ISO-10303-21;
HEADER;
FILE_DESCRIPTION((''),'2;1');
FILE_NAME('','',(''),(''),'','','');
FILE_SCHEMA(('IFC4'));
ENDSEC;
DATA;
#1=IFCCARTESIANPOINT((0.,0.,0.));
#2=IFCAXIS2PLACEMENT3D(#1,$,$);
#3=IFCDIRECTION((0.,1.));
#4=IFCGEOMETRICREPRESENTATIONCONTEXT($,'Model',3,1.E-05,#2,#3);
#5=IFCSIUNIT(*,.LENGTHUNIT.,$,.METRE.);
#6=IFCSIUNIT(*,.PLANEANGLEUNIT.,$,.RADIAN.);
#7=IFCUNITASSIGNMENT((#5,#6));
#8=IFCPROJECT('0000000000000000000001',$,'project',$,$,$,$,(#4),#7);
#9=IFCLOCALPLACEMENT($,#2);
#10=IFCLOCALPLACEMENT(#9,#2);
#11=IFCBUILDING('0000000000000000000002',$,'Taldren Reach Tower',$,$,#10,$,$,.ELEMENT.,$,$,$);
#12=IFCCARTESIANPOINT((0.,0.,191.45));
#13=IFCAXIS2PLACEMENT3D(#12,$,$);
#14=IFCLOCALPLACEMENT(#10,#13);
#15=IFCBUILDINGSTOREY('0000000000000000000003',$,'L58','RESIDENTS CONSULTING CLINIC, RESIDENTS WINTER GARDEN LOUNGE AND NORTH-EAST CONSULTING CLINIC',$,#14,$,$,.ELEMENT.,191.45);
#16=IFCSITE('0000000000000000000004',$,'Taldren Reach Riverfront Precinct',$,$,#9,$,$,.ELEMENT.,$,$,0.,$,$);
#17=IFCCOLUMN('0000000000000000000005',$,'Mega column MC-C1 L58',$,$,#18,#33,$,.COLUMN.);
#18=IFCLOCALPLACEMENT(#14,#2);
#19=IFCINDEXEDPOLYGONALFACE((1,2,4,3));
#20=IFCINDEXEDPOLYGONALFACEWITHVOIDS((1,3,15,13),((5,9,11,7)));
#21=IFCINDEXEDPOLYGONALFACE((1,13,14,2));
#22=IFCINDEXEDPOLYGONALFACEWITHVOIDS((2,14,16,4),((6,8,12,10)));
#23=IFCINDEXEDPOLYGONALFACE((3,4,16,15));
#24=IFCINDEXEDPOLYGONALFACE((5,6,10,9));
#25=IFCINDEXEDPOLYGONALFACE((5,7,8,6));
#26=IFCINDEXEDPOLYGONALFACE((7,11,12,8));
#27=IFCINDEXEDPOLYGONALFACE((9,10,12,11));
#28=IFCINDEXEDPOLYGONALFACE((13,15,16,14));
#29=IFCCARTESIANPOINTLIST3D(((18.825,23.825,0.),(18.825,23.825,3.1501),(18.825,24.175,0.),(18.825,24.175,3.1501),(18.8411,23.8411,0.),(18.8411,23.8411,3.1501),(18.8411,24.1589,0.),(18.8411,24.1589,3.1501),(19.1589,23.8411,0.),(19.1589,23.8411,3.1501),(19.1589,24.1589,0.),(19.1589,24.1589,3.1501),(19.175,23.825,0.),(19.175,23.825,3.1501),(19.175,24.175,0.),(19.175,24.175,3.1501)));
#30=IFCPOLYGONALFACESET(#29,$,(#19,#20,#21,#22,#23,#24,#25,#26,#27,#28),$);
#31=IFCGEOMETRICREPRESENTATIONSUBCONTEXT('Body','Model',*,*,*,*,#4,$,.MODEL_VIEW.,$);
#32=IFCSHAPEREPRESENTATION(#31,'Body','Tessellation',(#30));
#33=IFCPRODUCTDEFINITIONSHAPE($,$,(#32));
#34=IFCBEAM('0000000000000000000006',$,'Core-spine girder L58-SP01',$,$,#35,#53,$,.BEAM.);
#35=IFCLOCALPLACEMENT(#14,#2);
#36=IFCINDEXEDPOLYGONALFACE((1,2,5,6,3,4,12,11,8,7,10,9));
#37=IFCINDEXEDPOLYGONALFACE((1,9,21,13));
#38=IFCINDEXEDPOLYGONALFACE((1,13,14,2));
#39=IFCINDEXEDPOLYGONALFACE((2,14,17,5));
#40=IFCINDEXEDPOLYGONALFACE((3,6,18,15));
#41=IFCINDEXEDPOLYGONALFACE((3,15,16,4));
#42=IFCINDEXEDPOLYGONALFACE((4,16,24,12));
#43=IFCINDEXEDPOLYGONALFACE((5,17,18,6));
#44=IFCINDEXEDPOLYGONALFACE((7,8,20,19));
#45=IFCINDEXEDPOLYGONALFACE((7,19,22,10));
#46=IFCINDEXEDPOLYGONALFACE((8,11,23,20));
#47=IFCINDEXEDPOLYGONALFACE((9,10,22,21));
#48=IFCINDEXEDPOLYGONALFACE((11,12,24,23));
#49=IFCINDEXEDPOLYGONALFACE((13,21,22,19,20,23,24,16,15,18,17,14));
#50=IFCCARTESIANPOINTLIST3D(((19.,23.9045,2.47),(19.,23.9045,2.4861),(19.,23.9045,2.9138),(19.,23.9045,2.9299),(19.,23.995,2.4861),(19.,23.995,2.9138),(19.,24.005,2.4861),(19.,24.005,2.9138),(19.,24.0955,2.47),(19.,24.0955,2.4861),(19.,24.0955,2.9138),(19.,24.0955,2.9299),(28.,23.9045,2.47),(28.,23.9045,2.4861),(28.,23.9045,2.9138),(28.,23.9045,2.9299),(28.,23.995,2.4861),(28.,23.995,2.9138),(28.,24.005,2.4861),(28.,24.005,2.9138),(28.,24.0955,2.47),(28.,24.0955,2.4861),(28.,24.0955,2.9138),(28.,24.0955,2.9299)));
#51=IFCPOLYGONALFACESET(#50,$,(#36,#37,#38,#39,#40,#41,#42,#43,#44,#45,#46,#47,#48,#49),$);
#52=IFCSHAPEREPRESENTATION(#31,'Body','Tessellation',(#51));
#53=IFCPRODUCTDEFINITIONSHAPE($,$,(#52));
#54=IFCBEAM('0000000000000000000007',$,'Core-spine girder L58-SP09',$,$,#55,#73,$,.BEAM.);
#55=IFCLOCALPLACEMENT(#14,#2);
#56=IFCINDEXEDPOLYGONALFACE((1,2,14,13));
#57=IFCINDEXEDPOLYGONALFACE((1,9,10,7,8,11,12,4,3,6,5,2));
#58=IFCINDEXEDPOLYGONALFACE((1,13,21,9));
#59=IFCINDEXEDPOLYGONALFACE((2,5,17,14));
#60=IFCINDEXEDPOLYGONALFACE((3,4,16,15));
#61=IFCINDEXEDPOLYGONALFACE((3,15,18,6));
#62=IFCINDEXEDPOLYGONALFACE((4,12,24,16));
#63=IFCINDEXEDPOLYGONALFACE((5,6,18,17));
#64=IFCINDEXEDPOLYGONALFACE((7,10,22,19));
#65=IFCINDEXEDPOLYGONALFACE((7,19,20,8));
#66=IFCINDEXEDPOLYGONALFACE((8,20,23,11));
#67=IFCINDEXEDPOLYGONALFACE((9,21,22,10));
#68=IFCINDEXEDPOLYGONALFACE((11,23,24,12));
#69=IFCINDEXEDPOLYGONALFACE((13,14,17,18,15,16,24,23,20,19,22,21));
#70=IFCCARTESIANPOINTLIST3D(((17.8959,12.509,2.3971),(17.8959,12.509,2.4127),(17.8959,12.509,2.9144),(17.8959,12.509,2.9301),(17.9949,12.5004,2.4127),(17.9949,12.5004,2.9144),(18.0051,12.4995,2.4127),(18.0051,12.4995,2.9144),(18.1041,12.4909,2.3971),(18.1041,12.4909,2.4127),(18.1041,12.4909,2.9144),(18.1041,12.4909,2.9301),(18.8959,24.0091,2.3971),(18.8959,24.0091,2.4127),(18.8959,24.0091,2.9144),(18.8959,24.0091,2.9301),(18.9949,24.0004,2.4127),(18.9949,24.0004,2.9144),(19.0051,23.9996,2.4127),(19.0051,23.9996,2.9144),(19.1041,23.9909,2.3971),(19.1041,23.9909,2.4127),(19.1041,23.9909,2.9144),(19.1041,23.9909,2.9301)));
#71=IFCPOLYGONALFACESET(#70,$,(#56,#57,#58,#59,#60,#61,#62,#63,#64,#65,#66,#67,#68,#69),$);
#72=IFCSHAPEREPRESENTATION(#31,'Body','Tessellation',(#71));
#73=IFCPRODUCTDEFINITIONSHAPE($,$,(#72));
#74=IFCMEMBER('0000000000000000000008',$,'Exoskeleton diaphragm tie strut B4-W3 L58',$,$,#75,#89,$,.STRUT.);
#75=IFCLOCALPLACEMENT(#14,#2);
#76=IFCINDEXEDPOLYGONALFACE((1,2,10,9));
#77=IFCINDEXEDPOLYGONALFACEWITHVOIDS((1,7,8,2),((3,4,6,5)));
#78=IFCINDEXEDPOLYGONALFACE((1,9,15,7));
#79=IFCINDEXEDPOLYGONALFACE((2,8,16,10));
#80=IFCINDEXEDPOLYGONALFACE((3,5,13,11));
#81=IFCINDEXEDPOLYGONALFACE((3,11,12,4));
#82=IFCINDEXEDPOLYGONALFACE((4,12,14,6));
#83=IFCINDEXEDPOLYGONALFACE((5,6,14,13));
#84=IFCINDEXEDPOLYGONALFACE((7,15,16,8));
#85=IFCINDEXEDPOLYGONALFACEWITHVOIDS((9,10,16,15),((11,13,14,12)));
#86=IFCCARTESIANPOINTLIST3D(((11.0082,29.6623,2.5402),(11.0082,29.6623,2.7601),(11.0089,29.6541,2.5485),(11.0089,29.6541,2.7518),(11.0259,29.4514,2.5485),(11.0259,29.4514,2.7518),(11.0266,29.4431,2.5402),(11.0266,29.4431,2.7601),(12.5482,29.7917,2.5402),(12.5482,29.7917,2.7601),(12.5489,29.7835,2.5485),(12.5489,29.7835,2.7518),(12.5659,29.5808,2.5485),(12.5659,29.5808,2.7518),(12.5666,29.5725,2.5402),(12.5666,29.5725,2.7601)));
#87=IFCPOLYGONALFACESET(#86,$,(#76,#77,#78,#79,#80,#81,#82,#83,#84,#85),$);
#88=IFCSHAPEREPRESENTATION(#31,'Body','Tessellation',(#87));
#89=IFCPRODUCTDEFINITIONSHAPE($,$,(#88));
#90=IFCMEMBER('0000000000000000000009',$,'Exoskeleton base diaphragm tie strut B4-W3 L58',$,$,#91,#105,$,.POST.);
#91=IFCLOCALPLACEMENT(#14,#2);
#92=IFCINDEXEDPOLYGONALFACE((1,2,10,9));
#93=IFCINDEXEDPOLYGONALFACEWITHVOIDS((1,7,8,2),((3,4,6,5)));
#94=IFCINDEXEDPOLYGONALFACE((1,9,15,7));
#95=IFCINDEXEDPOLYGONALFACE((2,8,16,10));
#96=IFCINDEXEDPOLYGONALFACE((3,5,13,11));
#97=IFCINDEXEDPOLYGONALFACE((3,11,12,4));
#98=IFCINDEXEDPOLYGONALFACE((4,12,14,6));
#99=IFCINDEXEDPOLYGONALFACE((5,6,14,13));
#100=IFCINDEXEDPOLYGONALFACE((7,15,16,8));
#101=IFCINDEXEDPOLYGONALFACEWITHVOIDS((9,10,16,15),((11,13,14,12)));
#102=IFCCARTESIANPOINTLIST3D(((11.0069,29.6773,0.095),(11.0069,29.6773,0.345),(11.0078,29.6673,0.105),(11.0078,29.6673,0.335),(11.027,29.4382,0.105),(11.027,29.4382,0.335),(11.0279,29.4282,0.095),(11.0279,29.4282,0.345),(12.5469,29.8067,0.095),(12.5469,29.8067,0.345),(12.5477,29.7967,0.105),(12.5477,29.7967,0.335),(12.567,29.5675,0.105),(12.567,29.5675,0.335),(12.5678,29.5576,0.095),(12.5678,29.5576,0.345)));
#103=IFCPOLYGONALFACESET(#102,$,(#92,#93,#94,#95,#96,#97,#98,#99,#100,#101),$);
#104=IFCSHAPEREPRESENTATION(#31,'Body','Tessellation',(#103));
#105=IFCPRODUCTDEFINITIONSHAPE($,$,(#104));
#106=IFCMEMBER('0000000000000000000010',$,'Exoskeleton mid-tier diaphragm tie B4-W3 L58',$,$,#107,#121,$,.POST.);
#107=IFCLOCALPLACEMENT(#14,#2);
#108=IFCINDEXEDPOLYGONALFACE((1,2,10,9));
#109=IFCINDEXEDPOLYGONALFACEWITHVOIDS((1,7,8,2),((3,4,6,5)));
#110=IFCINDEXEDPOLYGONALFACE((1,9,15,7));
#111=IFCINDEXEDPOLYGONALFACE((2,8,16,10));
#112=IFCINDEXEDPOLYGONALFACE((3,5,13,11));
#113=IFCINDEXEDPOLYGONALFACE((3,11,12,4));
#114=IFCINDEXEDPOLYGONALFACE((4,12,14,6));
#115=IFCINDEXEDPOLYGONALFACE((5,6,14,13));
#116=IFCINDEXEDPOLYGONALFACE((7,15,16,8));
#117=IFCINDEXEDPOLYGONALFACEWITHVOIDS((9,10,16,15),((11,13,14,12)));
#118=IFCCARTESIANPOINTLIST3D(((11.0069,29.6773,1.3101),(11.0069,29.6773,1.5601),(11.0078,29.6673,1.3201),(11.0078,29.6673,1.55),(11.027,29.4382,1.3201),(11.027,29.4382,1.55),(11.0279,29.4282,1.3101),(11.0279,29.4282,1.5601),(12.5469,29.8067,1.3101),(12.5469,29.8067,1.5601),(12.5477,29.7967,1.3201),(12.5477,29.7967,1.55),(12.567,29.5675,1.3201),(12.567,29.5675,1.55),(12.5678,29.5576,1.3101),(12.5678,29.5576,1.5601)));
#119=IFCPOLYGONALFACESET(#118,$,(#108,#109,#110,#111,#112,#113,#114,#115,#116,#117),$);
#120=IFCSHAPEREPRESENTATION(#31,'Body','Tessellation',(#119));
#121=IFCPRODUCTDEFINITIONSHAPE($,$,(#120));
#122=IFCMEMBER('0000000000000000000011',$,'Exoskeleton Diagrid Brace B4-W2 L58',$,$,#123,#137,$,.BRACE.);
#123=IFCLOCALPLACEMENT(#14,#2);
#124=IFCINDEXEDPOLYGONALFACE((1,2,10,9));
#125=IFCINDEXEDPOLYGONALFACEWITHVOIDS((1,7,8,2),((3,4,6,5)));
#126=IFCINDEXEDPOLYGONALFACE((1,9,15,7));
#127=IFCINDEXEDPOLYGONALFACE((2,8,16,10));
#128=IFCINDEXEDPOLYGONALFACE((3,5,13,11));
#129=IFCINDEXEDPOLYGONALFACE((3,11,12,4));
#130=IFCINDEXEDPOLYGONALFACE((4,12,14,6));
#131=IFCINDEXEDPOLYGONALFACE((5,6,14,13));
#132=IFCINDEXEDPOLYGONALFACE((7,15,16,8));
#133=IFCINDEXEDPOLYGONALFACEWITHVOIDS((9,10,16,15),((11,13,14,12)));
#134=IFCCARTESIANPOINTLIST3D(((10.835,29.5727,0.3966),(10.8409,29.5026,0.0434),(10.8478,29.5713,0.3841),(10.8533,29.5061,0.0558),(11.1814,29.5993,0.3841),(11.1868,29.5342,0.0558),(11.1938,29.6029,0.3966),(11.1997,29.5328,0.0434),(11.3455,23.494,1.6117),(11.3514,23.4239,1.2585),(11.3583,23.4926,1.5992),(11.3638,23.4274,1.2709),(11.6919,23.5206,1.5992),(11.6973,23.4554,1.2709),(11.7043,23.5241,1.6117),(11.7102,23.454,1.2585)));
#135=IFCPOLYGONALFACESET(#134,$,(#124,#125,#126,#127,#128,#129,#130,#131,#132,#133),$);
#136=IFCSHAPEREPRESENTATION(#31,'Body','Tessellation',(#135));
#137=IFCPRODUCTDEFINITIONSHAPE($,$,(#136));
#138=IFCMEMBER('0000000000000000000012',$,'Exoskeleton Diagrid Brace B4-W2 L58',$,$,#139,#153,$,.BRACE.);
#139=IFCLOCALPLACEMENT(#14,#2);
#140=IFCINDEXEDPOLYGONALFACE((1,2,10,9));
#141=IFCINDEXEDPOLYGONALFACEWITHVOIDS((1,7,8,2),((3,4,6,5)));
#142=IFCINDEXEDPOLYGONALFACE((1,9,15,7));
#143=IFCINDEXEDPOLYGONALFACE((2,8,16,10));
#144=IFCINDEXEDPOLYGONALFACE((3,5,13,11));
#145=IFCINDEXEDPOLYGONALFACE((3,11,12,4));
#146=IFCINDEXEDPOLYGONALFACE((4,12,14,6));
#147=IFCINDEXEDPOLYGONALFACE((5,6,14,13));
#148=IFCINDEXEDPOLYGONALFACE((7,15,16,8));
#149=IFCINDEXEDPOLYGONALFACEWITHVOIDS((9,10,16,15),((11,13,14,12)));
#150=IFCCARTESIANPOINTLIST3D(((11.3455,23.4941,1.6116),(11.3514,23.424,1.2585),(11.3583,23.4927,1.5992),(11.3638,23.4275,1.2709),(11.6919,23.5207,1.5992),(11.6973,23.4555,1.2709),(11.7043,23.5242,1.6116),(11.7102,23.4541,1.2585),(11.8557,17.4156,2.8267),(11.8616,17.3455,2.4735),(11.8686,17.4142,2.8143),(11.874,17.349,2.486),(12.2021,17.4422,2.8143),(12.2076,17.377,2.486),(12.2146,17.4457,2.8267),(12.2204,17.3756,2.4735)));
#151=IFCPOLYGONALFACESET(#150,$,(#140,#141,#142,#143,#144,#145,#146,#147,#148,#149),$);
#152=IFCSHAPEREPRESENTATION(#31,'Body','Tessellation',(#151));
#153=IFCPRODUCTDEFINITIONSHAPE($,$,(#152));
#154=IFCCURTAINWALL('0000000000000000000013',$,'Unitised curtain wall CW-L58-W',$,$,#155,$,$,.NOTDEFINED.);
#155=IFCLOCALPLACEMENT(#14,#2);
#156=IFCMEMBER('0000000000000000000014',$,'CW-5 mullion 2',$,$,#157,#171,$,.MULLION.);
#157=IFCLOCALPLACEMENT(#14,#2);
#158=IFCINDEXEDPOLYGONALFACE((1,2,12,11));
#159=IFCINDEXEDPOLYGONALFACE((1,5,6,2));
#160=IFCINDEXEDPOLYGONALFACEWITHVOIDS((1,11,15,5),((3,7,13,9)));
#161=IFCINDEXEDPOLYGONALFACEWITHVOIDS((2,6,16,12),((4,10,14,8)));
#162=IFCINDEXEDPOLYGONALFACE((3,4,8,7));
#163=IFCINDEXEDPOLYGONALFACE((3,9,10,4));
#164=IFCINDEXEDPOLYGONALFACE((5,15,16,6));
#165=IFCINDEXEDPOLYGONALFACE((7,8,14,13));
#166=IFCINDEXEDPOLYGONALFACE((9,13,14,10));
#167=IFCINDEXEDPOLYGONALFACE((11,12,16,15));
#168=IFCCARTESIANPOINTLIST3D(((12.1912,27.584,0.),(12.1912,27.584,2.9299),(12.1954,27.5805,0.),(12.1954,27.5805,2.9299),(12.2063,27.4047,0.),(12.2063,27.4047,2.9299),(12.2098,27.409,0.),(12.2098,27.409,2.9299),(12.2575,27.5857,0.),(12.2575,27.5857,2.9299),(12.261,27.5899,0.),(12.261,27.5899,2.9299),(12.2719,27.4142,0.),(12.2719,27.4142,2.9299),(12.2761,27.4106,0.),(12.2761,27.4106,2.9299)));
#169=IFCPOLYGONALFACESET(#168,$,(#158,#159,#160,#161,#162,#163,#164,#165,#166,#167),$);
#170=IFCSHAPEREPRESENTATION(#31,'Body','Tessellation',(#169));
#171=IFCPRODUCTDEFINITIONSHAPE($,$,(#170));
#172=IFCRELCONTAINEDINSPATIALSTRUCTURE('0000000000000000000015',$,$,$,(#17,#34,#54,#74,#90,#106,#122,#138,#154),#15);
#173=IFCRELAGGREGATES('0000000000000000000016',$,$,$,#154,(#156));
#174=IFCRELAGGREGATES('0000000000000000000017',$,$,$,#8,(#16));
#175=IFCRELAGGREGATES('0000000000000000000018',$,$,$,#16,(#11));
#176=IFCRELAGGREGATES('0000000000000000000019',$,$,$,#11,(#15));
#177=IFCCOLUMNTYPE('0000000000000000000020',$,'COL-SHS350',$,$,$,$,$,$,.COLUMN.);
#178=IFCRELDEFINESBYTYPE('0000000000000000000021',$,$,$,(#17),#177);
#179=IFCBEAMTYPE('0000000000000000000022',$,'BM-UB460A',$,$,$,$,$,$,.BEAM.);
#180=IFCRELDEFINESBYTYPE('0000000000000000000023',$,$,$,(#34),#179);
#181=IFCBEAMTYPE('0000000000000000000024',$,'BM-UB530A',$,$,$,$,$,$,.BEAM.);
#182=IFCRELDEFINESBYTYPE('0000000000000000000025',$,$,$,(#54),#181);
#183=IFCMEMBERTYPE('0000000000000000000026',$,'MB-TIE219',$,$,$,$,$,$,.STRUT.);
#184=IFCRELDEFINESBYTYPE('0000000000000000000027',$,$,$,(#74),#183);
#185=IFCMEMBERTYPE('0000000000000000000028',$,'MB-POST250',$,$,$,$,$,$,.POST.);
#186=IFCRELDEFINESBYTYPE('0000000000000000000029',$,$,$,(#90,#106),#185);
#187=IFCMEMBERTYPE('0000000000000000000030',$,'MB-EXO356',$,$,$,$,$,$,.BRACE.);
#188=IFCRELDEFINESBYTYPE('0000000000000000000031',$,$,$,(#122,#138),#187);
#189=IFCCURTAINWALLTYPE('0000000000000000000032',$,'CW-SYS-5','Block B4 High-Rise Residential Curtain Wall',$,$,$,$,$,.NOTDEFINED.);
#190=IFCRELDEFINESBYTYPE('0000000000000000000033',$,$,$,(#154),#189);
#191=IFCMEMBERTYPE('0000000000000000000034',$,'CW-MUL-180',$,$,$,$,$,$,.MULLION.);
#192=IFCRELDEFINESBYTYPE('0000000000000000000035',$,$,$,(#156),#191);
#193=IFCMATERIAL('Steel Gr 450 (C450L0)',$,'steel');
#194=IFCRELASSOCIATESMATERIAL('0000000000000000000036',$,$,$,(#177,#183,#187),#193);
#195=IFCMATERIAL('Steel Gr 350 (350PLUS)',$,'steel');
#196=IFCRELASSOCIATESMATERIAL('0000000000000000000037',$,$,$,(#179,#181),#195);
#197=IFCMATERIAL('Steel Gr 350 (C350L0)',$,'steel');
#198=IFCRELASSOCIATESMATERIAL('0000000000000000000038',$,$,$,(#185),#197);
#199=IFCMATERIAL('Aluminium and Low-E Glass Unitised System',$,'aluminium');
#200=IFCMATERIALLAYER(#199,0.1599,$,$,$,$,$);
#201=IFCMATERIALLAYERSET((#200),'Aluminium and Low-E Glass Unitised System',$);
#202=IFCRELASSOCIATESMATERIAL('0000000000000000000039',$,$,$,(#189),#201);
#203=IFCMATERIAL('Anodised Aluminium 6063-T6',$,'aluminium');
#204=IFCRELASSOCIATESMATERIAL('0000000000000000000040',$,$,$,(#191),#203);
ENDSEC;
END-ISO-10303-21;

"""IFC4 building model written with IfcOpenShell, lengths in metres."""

from ifc_helpers import new_model, si_unit, direction, frame, origin, origin_2d, place, context, subcontext, project, spatial, hollow_rectangle, i_section, extrude, source, transform, mapped, material, layer, layer_set, material_profile, profile_set, type_object, element, aggregate, save


model = new_model("IFC4")

# Units and contexts
model_context = context("Model", 3, precision=1e-05, world=origin(), true_north=direction((0.0, 1.0)))
body_context = subcontext(model_context, "Body", "Model", "MODEL_VIEW")
ifc_project = project(units=[si_unit("LENGTHUNIT", "METRE"), si_unit("PLANEANGLEUNIT", "RADIAN")], contexts=[model_context])

# Site, building, storey
site_placement = place(None, origin())
site = spatial("IfcSite", under=ifc_project, at=site_placement, Name="Taldren Reach Riverfront Precinct", CompositionType="ELEMENT", RefElevation=0.0)
building_placement = place(site_placement, origin())
building = spatial("IfcBuilding", under=site, at=building_placement, Name="Taldren Reach Tower", CompositionType="ELEMENT")
storey_placement = place(building_placement, frame((0.0, 0.0, 191.45)))
storey = spatial("IfcBuildingStorey", under=building, at=storey_placement, Name="L58", Description="RESIDENTS CONSULTING CLINIC, RESIDENTS WINTER GARDEN LOUNGE AND NORTH-EAST CONSULTING CLINIC", CompositionType="ELEMENT", Elevation=191.45)

# Column
ifc_material_1 = material(Name="Steel Gr 450 (C450L0)", Category="steel")
ifc_material_profile_1 = material_profile(ifc_material_1, hollow_rectangle(XDim=0.3501, YDim=0.3501, WallThickness=0.0161, at=origin_2d()), Name="350x350x16.0SHS")
ifc_profile_set_1 = profile_set([ifc_material_profile_1], Name="Steel Gr 450 (C450L0)")
column_type = type_object("IfcColumnType", Name="COL-SHS350", PredefinedType="COLUMN", material=ifc_profile_set_1)
shared_shape_1 = source(origin(), body_context, "Body", "SweptSolid", [
    extrude(hollow_rectangle(XDim=0.3501, YDim=0.3501, WallThickness=0.0161, at=origin_2d()), origin(), (0.0, 0.0, 1.0), 3.1501),
])
column_placement = place(storey_placement, frame((19.0, 24.0, 0.0), z_axis=(0.0, 0.0, 1.0), x_axis=(1.0, 0.0, 0.0)))
element("IfcColumn", 1, at=column_placement, inside=storey, type_object=column_type, Name="Mega column MC-C1 L58", PredefinedType="COLUMN", context=body_context, shape_type="MappedRepresentation", body=[
    mapped(shared_shape_1, transform((0.0, 0.0, 0.0), scale=1.0)),
])

# Beams
ifc_material_2 = material(Name="Steel Gr 350 (350PLUS)", Category="steel")
ifc_material_profile_2 = material_profile(ifc_material_2, i_section(OverallWidth=0.1909, OverallDepth=0.46, WebThickness=0.01, FlangeThickness=0.0161, at=origin_2d()), Name="460UB82.1")
ifc_profile_set_2 = profile_set([ifc_material_profile_2], Name="Steel Gr 350 (350PLUS)")
beam_type_1 = type_object("IfcBeamType", Name="BM-UB460A", PredefinedType="BEAM", material=ifc_profile_set_2)
shared_shape_2 = source(origin(), body_context, "Body", "SweptSolid", [
    extrude(i_section(OverallWidth=0.1909, OverallDepth=0.46, WebThickness=0.01, FlangeThickness=0.0161, at=origin_2d()), origin(), (0.0, 0.0, 1.0), 9.0),
])
beam_1_placement = place(storey_placement, frame((19.0, 24.0, 2.7), z_axis=(1.0, 0.0, 0.0), x_axis=(0.0, 1.0, 0.0)))
element("IfcBeam", 2, at=beam_1_placement, inside=storey, type_object=beam_type_1, Name="Core-spine girder L58-SP01", PredefinedType="BEAM", context=body_context, shape_type="MappedRepresentation", body=[
    mapped(shared_shape_2, transform((0.0, 0.0, 0.0), scale=1.0)),
])
ifc_material_profile_3 = material_profile(ifc_material_2, i_section(OverallWidth=0.209, OverallDepth=0.533, WebThickness=0.0103, FlangeThickness=0.0156, at=origin_2d()), Name="530UB92.4")
ifc_profile_set_3 = profile_set([ifc_material_profile_3], Name="Steel Gr 350 (350PLUS)")
beam_type_2 = type_object("IfcBeamType", Name="BM-UB530A", PredefinedType="BEAM", material=ifc_profile_set_3)
shared_shape_3 = source(origin(), body_context, "Body", "SweptSolid", [
    extrude(i_section(OverallWidth=0.209, OverallDepth=0.533, WebThickness=0.0103, FlangeThickness=0.0156, at=origin_2d()), origin(), (0.0, 0.0, 1.0), 11.5435),
])
beam_2_placement = place(storey_placement, frame((19.0, 24.0, 2.6636), z_axis=(-0.08663, -0.996241, 0.0), x_axis=(0.996241, -0.08663, 0.0)))
element("IfcBeam", 3, at=beam_2_placement, inside=storey, type_object=beam_type_2, Name="Core-spine girder L58-SP09", PredefinedType="BEAM", context=body_context, shape_type="MappedRepresentation", body=[
    mapped(shared_shape_3, transform((0.0, 0.0, 0.0), scale=1.0)),
])

# Members
ifc_material_profile_4 = material_profile(ifc_material_1, hollow_rectangle(XDim=0.22, YDim=0.22, WallThickness=0.0083, at=origin_2d()), Name="220x220x8.2SHS")
ifc_profile_set_4 = profile_set([ifc_material_profile_4], Name="Steel Gr 450 (C450L0)")
member_type_1 = type_object("IfcMemberType", Name="MB-TIE219", PredefinedType="STRUT", material=ifc_profile_set_4)
shared_shape_4 = source(origin(), body_context, "Body", "SweptSolid", [
    extrude(hollow_rectangle(XDim=0.22, YDim=0.22, WallThickness=0.0083, at=origin_2d()), origin(), (0.0, 0.0, 1.0), 1.5454),
])
member_1_placement = place(storey_placement, frame((12.5574, 29.6821, 2.6501), z_axis=(-0.996489, -0.083725, 0.0), x_axis=(0.083725, -0.996489, 0.0)))
element("IfcMember", 4, at=member_1_placement, inside=storey, type_object=member_type_1, Name="Exoskeleton diaphragm tie strut B4-W3 L58", PredefinedType="STRUT", context=body_context, shape_type="MappedRepresentation", body=[
    mapped(shared_shape_4, transform((0.0, 0.0, 0.0), scale=1.0)),
])
ifc_material_3 = material(Name="Steel Gr 350 (C350L0)", Category="steel")
ifc_material_profile_5 = material_profile(ifc_material_3, hollow_rectangle(XDim=0.25, YDim=0.25, WallThickness=0.01, at=origin_2d()), Name="250x250x10.0SHS")
ifc_profile_set_5 = profile_set([ifc_material_profile_5], Name="Steel Gr 350 (C350L0)")
member_type_2 = type_object("IfcMemberType", Name="MB-POST250", PredefinedType="POST", material=ifc_profile_set_5)
shared_shape_5 = source(origin(), body_context, "Body", "SweptSolid", [
    extrude(hollow_rectangle(XDim=0.25, YDim=0.25, WallThickness=0.01, at=origin_2d()), origin(), (0.0, 0.0, 1.0), 1.5454),
])
for number, where, z_axis, x_axis, name in (
    (5, (12.5574, 29.6821, 0.22), (-0.996489, -0.083725, 0.0), (0.083725, -0.996489, 0.0), "Exoskeleton base diaphragm tie strut B4-W3 L58"),
    (6, (12.5574, 29.6821, 1.4351), (-0.996489, -0.083725, 0.0), (0.083725, -0.996489, 0.0), "Exoskeleton mid-tier diaphragm tie B4-W3 L58"),
):
    element("IfcMember", number, at=place(storey_placement, frame(where, z_axis=z_axis, x_axis=x_axis)), inside=storey, type_object=member_type_2, Name=name, PredefinedType="POST", context=body_context, shape_type="MappedRepresentation", body=[
        mapped(shared_shape_5, transform((0.0, 0.0, 0.0), scale=1.0)),
    ])
ifc_material_profile_6 = material_profile(ifc_material_1, hollow_rectangle(XDim=0.3601, YDim=0.3601, WallThickness=0.0127, at=origin_2d()), Name="360x360x12.7SHS")
ifc_profile_set_6 = profile_set([ifc_material_profile_6], Name="Steel Gr 450 (C450L0)")
member_type_3 = type_object("IfcMemberType", Name="MB-EXO356", PredefinedType="BRACE", material=ifc_profile_set_6)
shared_shape_6 = source(origin(), body_context, "Body", "SweptSolid", [
    extrude(hollow_rectangle(XDim=0.3601, YDim=0.3601, WallThickness=0.0127, at=origin_2d()), origin(), (0.0, 0.0, 1.0), 6.22),
])
member_2_placement = place(storey_placement, frame((11.0173, 29.5527, 0.22), z_axis=(0.082076, -0.977292, 0.195356), x_axis=(0.996492, 0.083688, 0.0)))
element("IfcMember", 7, at=member_2_placement, inside=storey, type_object=member_type_3, Name="Exoskeleton Diagrid Brace B4-W2 L58", PredefinedType="BRACE", context=body_context, shape_type="MappedRepresentation", body=[
    mapped(shared_shape_6, transform((0.0, 0.0, 0.0), scale=1.0)),
])
shared_shape_7 = source(origin(), body_context, "Body", "SweptSolid", [
    extrude(hollow_rectangle(XDim=0.3601, YDim=0.3601, WallThickness=0.0127, at=origin_2d()), origin(), (0.0, 0.0, 1.0), 6.2197),
])
member_3_placement = place(storey_placement, frame((11.5278, 23.4741, 1.4351), z_axis=(0.082037, -0.977295, 0.195357), x_axis=(0.996495, 0.083648, 0.0)))
element("IfcMember", 8, at=member_3_placement, inside=storey, type_object=member_type_3, Name="Exoskeleton Diagrid Brace B4-W2 L58", PredefinedType="BRACE", context=body_context, shape_type="MappedRepresentation", body=[
    mapped(shared_shape_7, transform((0.0, 0.0, 0.0), scale=1.0)),
])

# Curtain wall, member
ifc_material_4 = material(Name="Aluminium and Low-E Glass Unitised System", Category="aluminium")
ifc_layer_1 = layer(ifc_material_4, 0.1599)
ifc_layer_set_1 = layer_set([ifc_layer_1], Name="Aluminium and Low-E Glass Unitised System")
curtain_wall_type = type_object("IfcCurtainWallType", Name="CW-SYS-5", Description="Block B4 High-Rise Residential Curtain Wall", PredefinedType="NOTDEFINED", material=ifc_layer_set_1)
curtain_wall_placement = place(storey_placement, origin())
curtain_wall = element("IfcCurtainWall", 9, at=curtain_wall_placement, inside=storey, type_object=curtain_wall_type, Name="Unitised curtain wall CW-L58-W", PredefinedType="NOTDEFINED")
ifc_material_5 = material(Name="Anodised Aluminium 6063-T6", Category="aluminium")
ifc_material_profile_7 = material_profile(ifc_material_5, hollow_rectangle(XDim=0.0701, YDim=0.1799, WallThickness=0.0039, at=origin_2d()), Name="ALU-180x70x4RHS")
ifc_profile_set_7 = profile_set([ifc_material_profile_7], Name="Anodised Aluminium 6063-T6")
member_type_4 = type_object("IfcMemberType", Name="CW-MUL-180", PredefinedType="MULLION", material=ifc_profile_set_7)
shared_shape_8 = source(origin(), body_context, "Body", "SweptSolid", [
    extrude(hollow_rectangle(XDim=0.0701, YDim=0.1799, WallThickness=0.0039, at=origin_2d()), origin(), (0.0, 0.0, 1.0), 2.9299),
])
member_4_placement = place(storey_placement, frame((12.2336, 27.4973, 0.0), z_axis=(0.0, 0.0, 1.0), x_axis=(0.996493, 0.083678, 0.0)))
member_4 = element("IfcMember", 10, at=member_4_placement, type_object=member_type_4, Name="CW-5 mullion 2", PredefinedType="MULLION", context=body_context, shape_type="MappedRepresentation", body=[
    mapped(shared_shape_8, transform((0.0, 0.0, 0.0), scale=1.0)),
])

aggregate(curtain_wall, [member_4])

save(model, "model.ifc")
